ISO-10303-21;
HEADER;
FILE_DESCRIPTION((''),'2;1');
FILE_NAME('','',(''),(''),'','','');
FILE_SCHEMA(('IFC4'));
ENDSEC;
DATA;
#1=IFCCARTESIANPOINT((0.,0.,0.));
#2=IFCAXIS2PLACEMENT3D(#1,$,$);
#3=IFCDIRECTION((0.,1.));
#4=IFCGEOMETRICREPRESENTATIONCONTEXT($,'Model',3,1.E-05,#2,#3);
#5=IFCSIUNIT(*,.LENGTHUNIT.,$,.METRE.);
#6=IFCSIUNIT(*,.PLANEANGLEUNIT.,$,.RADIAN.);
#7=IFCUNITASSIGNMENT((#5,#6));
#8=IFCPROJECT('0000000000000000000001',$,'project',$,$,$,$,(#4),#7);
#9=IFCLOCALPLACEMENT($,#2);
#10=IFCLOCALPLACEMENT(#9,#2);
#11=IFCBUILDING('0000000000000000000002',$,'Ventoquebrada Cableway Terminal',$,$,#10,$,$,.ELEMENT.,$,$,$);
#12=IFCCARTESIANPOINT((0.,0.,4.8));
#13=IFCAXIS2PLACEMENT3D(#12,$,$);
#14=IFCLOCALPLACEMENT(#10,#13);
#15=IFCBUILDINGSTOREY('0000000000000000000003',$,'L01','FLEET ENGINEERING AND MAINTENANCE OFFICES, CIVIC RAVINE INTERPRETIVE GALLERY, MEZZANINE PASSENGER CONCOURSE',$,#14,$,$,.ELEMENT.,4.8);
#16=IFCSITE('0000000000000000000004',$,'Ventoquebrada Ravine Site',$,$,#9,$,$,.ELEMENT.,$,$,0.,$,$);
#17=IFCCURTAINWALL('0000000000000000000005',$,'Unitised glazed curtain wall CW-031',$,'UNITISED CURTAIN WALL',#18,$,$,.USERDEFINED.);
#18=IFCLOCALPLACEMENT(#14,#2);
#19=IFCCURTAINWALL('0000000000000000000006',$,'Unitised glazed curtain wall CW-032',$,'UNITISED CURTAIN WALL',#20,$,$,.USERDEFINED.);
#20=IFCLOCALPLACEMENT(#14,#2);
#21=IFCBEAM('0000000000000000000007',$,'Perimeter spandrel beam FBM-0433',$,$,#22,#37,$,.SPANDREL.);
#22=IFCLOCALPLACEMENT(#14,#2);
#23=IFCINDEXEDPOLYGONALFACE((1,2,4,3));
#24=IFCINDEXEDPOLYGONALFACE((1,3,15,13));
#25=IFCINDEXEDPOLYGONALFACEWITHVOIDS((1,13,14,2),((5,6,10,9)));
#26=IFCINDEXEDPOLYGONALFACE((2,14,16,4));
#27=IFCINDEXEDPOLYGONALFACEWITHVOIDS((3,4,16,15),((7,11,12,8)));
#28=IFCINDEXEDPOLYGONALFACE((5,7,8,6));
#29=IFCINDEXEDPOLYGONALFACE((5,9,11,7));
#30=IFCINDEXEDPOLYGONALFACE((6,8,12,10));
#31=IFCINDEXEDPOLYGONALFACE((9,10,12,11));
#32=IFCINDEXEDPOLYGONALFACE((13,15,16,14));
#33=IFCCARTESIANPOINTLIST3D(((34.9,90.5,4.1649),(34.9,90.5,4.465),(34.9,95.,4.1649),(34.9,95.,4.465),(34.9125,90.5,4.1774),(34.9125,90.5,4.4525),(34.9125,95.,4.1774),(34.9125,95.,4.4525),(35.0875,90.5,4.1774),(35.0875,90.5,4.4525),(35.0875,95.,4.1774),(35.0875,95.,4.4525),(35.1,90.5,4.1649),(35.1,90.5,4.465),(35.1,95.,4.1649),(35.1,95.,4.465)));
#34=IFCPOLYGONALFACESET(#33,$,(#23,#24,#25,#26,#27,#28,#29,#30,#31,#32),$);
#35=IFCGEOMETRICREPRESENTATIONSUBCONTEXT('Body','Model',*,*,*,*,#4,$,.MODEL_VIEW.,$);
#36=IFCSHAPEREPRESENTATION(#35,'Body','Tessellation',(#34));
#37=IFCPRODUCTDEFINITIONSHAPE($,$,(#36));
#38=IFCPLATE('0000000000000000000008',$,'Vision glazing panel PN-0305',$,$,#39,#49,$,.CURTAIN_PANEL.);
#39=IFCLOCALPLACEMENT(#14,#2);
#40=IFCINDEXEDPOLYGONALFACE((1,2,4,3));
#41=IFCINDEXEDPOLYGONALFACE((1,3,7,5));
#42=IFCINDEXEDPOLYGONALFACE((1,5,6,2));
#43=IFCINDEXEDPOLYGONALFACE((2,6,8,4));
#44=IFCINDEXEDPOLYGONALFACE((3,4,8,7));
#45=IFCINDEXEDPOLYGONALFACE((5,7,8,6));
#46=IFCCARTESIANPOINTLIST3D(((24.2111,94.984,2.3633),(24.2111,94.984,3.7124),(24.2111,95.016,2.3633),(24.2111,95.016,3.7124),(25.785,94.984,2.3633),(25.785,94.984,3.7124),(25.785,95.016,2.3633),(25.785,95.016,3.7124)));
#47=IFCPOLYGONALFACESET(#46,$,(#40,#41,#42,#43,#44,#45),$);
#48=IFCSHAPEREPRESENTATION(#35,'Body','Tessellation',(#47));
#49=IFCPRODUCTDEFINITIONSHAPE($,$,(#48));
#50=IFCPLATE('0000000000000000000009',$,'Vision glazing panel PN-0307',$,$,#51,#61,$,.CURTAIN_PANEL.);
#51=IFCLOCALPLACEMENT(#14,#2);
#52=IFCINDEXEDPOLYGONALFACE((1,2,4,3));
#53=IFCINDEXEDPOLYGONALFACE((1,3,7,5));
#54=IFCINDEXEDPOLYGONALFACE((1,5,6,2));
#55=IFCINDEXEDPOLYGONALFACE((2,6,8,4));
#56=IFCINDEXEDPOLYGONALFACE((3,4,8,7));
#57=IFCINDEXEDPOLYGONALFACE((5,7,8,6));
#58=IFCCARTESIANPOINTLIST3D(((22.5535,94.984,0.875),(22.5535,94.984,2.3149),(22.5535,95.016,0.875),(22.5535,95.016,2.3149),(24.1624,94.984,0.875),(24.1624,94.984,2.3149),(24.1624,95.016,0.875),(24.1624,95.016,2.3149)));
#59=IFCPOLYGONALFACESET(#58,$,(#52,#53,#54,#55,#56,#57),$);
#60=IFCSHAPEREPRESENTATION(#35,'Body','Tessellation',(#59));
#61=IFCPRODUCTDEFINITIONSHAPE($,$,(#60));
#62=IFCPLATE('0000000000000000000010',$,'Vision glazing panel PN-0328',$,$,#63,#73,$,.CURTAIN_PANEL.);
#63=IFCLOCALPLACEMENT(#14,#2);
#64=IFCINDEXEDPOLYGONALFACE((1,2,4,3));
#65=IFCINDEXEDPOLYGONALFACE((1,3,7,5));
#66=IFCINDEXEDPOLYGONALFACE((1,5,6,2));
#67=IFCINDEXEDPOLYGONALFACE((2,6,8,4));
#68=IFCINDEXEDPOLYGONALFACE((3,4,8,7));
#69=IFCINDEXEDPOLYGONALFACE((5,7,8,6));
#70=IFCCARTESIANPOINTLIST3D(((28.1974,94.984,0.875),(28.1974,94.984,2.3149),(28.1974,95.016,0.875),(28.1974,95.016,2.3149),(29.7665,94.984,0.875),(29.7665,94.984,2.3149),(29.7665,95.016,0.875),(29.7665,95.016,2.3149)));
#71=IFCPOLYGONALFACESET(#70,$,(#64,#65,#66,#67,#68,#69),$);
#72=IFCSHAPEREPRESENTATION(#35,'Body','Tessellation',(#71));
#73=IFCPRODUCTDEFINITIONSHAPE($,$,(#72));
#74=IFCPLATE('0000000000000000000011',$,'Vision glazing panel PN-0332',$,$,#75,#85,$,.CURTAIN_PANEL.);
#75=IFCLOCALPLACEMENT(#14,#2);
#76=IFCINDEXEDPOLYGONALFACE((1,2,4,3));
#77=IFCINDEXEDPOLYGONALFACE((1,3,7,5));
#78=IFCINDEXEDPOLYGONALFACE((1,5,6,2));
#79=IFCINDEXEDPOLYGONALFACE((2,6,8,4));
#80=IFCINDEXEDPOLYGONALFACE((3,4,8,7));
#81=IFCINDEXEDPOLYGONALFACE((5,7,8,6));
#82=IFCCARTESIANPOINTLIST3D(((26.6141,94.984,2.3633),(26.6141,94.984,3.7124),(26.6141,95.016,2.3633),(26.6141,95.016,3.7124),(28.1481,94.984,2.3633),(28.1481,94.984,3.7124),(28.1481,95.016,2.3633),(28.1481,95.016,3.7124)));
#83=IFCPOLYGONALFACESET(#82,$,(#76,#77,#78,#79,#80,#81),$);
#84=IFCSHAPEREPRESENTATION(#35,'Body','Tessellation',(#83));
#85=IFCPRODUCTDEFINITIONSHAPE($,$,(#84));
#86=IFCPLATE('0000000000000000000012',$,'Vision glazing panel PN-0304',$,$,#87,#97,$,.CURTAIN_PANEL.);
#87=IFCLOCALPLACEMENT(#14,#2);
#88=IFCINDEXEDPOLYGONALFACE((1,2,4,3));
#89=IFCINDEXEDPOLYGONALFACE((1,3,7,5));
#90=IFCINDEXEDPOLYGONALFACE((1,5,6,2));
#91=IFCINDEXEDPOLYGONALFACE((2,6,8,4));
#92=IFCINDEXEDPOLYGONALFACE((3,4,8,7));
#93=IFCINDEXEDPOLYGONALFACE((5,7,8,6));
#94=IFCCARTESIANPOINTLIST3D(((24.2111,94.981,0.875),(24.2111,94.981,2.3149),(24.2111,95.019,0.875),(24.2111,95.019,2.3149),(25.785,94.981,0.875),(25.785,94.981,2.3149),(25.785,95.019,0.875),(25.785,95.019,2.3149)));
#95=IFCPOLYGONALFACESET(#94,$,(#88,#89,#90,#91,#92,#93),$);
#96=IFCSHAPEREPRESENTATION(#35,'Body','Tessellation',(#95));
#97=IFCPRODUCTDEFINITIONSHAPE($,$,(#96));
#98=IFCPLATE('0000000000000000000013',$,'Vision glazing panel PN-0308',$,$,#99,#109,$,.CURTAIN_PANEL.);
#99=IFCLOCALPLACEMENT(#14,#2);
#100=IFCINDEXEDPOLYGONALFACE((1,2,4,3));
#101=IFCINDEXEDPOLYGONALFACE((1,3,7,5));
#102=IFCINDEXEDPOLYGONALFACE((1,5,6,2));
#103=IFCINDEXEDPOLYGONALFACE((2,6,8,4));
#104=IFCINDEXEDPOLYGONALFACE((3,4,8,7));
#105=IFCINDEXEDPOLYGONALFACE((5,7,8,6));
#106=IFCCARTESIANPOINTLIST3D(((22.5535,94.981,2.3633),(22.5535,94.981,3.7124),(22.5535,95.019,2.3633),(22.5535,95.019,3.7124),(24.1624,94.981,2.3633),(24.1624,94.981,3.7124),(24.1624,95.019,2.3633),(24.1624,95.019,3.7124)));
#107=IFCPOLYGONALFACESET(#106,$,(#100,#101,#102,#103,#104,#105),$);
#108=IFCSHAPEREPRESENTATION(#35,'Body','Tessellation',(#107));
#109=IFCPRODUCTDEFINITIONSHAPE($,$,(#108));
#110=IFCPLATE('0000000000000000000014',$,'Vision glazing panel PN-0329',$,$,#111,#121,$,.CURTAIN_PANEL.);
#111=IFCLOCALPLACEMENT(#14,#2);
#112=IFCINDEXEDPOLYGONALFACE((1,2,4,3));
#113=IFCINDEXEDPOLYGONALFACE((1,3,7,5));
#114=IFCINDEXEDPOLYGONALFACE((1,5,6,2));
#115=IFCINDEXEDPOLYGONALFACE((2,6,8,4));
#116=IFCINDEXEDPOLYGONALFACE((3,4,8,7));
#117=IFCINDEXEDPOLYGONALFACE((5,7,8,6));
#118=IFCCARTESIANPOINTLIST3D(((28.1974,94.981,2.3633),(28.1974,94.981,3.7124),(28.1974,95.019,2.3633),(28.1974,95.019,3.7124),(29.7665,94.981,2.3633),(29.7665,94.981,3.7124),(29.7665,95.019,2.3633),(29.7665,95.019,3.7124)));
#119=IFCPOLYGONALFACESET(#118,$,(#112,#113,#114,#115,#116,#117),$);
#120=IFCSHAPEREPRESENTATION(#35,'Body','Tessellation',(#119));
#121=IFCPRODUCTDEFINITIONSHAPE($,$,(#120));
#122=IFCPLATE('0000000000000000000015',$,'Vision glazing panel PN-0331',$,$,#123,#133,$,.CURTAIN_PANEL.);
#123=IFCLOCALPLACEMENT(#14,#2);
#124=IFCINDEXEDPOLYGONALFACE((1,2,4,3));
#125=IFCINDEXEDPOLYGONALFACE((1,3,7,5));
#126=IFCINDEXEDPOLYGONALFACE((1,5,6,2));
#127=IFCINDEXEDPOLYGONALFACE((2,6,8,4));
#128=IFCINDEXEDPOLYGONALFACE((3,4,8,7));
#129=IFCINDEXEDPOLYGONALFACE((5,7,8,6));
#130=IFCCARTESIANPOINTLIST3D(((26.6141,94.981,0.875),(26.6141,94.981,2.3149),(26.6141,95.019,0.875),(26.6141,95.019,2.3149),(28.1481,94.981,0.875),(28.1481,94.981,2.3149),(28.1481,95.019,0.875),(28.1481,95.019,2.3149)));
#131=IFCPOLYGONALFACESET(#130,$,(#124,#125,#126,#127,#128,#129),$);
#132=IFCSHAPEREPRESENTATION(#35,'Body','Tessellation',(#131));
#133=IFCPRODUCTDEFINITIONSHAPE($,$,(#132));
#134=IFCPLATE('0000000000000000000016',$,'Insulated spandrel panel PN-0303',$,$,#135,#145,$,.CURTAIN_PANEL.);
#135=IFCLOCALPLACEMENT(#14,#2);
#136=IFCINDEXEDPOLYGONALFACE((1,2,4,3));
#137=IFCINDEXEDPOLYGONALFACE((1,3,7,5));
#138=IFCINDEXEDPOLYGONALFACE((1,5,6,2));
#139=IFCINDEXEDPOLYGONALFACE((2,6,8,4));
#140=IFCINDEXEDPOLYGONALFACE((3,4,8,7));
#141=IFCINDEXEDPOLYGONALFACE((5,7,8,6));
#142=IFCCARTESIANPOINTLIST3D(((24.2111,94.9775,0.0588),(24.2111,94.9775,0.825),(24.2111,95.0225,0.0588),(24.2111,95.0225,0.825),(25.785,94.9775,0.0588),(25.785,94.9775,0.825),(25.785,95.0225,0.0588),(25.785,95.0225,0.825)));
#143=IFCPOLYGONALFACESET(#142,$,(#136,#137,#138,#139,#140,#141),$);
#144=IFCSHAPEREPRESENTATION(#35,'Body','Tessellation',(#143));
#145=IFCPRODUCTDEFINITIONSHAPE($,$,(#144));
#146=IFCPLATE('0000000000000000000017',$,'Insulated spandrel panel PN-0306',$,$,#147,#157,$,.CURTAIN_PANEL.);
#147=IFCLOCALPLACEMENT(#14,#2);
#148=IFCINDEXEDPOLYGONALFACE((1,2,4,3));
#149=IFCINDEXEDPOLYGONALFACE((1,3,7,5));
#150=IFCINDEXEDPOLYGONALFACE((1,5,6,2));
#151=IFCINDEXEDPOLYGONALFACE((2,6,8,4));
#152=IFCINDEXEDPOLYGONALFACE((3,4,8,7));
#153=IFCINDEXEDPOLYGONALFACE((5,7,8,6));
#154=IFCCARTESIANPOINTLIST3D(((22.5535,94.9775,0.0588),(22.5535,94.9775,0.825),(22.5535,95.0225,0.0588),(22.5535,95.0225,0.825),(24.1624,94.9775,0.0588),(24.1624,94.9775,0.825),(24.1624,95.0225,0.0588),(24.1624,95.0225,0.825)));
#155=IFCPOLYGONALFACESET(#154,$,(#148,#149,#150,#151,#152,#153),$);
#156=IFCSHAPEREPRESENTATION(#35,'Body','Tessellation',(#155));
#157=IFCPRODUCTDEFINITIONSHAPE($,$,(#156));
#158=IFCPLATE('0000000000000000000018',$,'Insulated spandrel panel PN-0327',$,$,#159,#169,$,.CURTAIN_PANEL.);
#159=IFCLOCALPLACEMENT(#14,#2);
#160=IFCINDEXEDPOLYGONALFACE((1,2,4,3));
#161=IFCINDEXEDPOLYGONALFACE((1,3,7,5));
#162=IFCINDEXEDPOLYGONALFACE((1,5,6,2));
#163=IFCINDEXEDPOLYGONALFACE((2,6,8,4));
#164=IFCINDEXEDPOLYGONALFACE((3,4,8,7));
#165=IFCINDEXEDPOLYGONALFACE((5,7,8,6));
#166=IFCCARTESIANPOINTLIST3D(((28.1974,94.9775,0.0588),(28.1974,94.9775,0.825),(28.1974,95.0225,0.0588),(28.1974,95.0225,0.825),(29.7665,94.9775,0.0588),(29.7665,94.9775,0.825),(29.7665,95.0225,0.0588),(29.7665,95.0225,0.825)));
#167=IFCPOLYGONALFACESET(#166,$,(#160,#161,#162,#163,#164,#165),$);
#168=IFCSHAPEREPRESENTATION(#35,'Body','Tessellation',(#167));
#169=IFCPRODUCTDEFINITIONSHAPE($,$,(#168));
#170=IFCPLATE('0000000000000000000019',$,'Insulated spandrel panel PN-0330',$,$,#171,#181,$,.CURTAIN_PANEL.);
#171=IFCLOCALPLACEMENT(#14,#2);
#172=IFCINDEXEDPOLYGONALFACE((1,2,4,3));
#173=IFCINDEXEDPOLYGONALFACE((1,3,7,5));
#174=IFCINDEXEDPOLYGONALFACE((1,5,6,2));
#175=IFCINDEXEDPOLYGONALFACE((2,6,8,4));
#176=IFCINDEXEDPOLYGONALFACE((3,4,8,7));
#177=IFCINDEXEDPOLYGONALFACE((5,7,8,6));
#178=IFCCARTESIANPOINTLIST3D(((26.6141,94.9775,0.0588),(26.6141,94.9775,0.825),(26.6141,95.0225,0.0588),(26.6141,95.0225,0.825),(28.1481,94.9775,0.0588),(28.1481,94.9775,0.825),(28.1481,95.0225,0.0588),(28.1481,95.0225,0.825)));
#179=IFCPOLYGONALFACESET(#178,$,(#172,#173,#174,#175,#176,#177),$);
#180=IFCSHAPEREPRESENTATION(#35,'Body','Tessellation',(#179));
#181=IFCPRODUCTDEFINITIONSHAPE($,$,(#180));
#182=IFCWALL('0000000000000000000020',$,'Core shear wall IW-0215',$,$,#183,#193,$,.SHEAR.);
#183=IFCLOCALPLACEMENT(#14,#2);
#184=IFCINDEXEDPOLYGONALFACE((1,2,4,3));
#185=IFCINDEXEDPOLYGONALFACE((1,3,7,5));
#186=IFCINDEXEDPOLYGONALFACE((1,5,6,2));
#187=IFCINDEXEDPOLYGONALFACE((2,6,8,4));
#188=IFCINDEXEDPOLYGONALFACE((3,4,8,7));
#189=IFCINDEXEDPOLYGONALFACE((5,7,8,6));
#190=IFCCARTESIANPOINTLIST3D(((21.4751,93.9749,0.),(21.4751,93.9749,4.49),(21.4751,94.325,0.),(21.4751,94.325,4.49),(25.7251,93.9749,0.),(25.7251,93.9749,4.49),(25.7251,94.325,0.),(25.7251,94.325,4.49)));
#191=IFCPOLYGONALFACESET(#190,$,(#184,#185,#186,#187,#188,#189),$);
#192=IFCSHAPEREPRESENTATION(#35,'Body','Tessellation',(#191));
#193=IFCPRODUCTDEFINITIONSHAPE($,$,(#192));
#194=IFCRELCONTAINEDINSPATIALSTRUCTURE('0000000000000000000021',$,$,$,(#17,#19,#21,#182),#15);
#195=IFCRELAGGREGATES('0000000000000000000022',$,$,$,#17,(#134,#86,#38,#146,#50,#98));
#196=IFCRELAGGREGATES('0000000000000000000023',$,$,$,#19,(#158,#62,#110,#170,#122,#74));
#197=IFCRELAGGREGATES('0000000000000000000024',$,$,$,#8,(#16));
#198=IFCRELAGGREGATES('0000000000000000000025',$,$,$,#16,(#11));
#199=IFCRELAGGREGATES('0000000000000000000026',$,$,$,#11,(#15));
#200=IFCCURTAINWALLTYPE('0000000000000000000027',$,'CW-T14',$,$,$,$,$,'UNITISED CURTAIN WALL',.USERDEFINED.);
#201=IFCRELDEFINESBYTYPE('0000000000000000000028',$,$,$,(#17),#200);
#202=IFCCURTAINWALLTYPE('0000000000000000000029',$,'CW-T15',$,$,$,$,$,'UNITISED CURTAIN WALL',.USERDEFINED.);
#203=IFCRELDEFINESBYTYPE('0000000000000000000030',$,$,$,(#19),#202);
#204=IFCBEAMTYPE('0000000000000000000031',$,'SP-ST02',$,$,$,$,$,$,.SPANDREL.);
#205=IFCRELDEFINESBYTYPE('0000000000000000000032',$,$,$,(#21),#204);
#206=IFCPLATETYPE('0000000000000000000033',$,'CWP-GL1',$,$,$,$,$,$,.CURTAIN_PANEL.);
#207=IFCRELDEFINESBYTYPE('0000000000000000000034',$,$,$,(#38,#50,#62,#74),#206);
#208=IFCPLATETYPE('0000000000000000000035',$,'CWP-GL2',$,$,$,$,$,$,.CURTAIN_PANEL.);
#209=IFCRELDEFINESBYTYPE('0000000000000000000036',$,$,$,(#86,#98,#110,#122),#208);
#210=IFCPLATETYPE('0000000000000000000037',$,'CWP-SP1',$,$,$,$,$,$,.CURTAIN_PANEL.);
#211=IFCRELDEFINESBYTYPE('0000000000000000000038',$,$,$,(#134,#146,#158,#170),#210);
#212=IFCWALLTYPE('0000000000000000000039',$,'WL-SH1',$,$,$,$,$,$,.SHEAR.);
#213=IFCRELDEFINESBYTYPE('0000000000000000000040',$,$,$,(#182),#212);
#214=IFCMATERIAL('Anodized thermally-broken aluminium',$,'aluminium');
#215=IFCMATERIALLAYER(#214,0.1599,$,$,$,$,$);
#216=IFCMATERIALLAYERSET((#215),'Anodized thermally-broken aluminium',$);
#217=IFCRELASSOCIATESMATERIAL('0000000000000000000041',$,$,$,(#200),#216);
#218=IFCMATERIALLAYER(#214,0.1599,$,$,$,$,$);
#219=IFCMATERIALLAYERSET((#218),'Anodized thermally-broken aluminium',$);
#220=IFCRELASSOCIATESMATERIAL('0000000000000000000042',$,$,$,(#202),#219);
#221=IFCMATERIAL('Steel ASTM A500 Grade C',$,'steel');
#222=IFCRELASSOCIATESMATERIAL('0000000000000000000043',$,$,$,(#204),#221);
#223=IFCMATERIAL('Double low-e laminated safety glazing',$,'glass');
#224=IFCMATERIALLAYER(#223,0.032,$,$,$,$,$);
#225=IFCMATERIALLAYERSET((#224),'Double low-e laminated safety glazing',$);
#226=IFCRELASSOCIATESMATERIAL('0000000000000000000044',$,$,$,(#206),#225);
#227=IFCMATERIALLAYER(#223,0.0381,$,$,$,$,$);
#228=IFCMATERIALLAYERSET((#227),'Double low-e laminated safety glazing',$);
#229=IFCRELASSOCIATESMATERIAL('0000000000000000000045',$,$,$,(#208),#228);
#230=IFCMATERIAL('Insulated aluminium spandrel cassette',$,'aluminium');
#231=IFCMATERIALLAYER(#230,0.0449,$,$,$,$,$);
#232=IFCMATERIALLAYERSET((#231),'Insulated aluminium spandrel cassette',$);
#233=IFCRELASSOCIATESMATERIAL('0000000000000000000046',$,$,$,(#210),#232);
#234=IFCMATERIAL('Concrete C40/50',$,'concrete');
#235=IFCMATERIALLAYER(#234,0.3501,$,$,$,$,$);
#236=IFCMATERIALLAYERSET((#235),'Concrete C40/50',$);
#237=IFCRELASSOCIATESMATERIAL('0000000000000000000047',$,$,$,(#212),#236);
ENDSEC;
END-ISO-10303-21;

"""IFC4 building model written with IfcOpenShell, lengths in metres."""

from ifc_helpers import new_model, si_unit, direction, frame, frame_2d, origin, origin_2d, place, context, subcontext, project, spatial, rectangle, hollow_rectangle, extrude, material, layer, layer_set, material_profile, profile_set, type_object, element, aggregate, save


model = new_model("IFC4")

# Units and contexts
model_context = context("Model", 3, precision=1e-05, world=origin(), true_north=direction((0.0, 1.0)))
body_context = subcontext(model_context, "Body", "Model", "MODEL_VIEW")
ifc_project = project(units=[si_unit("LENGTHUNIT", "METRE"), si_unit("PLANEANGLEUNIT", "RADIAN")], contexts=[model_context])

# Site, building, storey
site_placement = place(None, origin())
site = spatial("IfcSite", under=ifc_project, at=site_placement, Name="Ventoquebrada Ravine Site", CompositionType="ELEMENT", RefElevation=0.0)
building_placement = place(site_placement, origin())
building = spatial("IfcBuilding", under=site, at=building_placement, Name="Ventoquebrada Cableway Terminal", CompositionType="ELEMENT")
storey_placement = place(building_placement, frame((0.0, 0.0, 4.8)))
storey = spatial("IfcBuildingStorey", under=building, at=storey_placement, Name="L01", Description="FLEET ENGINEERING AND MAINTENANCE OFFICES, CIVIC RAVINE INTERPRETIVE GALLERY, MEZZANINE PASSENGER CONCOURSE", CompositionType="ELEMENT", Elevation=4.8)

# Shared definitions
ifc_material_1 = material(Name="Concrete C40/50", Category="concrete")

# Curtain walls
ifc_material_2 = material(Name="Anodized thermally-broken aluminium", Category="aluminium")
ifc_layer_1 = layer(ifc_material_2, 0.1599)
ifc_layer_set_1 = layer_set([ifc_layer_1], Name="Anodized thermally-broken aluminium")
curtain_wall_type_1 = type_object("IfcCurtainWallType", Name="CW-T14", ElementType="UNITISED CURTAIN WALL", PredefinedType="USERDEFINED", material=ifc_layer_set_1)
curtain_wall_1_placement = place(storey_placement, origin())
curtain_wall_1 = element("IfcCurtainWall", 1, at=curtain_wall_1_placement, inside=storey, type_object=curtain_wall_type_1, Name="Unitised glazed curtain wall CW-031", ObjectType="UNITISED CURTAIN WALL", PredefinedType="USERDEFINED")
ifc_layer_2 = layer(ifc_material_2, 0.1599)
ifc_layer_set_2 = layer_set([ifc_layer_2], Name="Anodized thermally-broken aluminium")
curtain_wall_type_2 = type_object("IfcCurtainWallType", Name="CW-T15", ElementType="UNITISED CURTAIN WALL", PredefinedType="USERDEFINED", material=ifc_layer_set_2)
curtain_wall_2_placement = place(storey_placement, origin())
curtain_wall_2 = element("IfcCurtainWall", 2, at=curtain_wall_2_placement, inside=storey, type_object=curtain_wall_type_2, Name="Unitised glazed curtain wall CW-032", ObjectType="UNITISED CURTAIN WALL", PredefinedType="USERDEFINED")

# Beam
ifc_material_3 = material(Name="Steel ASTM A500 Grade C", Category="steel")
ifc_material_profile_1 = material_profile(ifc_material_3, hollow_rectangle(XDim=0.2, YDim=0.3, WallThickness=0.0125, at=origin_2d()), Name="RHS300X200X12.5")
ifc_profile_set_1 = profile_set([ifc_material_profile_1], Name="Steel ASTM A500 Grade C")
beam_type_1 = type_object("IfcBeamType", Name="SP-ST02", PredefinedType="SPANDREL", material=ifc_profile_set_1)
beam_1_placement = place(storey_placement, frame((35.0, 90.5, 4.3149), z_axis=(0.0, 1.0, 0.0), x_axis=(-1.0, 0.0, 0.0)))
element("IfcBeam", 3, at=beam_1_placement, inside=storey, type_object=beam_type_1, Name="Perimeter spandrel beam FBM-0433", PredefinedType="SPANDREL", context=body_context, shape_type="SweptSolid", body=[
    extrude(hollow_rectangle(XDim=0.2, YDim=0.3, WallThickness=0.0125, at=origin_2d()), origin(), (0.0, 0.0, 1.0), 4.5),
])

# Plates
ifc_material_4 = material(Name="Double low-e laminated safety glazing", Category="glass")
ifc_layer_3 = layer(ifc_material_4, 0.032)
ifc_layer_set_3 = layer_set([ifc_layer_3], Name="Double low-e laminated safety glazing")
plate_type_1 = type_object("IfcPlateType", Name="CWP-GL1", PredefinedType="CURTAIN_PANEL", material=ifc_layer_set_3)
plate_1_placement = place(storey_placement, frame((24.998, 95.0, 2.3633), z_axis=(0.0, 0.0, 1.0), x_axis=(-1.0, 0.0, 0.0)))
plate_1 = element("IfcPlate", 4, at=plate_1_placement, type_object=plate_type_1, Name="Vision glazing panel PN-0305", PredefinedType="CURTAIN_PANEL", context=body_context, shape_type="SweptSolid", body=[
    extrude(rectangle(XDim=1.574, YDim=0.032, at=origin_2d()), origin(), (0.0, 0.0, 1.0), 1.3491),
])
plate_2_placement = place(storey_placement, frame((23.3579, 95.0, 0.875), z_axis=(0.0, 0.0, 1.0), x_axis=(-1.0, 0.0, 0.0)))
plate_2 = element("IfcPlate", 5, at=plate_2_placement, type_object=plate_type_1, Name="Vision glazing panel PN-0307", PredefinedType="CURTAIN_PANEL", context=body_context, shape_type="SweptSolid", body=[
    extrude(rectangle(XDim=1.6089, YDim=0.032, at=origin_2d()), origin(), (0.0, 0.0, 1.0), 1.4399),
])
plate_3_placement = place(storey_placement, frame((28.9819, 95.0, 0.875), z_axis=(0.0, 0.0, 1.0), x_axis=(-1.0, 0.0, 0.0)))
plate_3 = element("IfcPlate", 6, at=plate_3_placement, type_object=plate_type_1, Name="Vision glazing panel PN-0328", PredefinedType="CURTAIN_PANEL", context=body_context, shape_type="SweptSolid", body=[
    extrude(rectangle(XDim=1.5691, YDim=0.032, at=origin_2d()), origin(), (0.0, 0.0, 1.0), 1.4399),
])
plate_4_placement = place(storey_placement, frame((27.3811, 95.0, 2.3633), z_axis=(0.0, 0.0, 1.0), x_axis=(-1.0, 0.0, 0.0)))
plate_4 = element("IfcPlate", 7, at=plate_4_placement, type_object=plate_type_1, Name="Vision glazing panel PN-0332", PredefinedType="CURTAIN_PANEL", context=body_context, shape_type="SweptSolid", body=[
    extrude(rectangle(XDim=1.5339, YDim=0.032, at=origin_2d()), origin(), (0.0, 0.0, 1.0), 1.3491),
])
ifc_layer_4 = layer(ifc_material_4, 0.0381)
ifc_layer_set_4 = layer_set([ifc_layer_4], Name="Double low-e laminated safety glazing")
plate_type_2 = type_object("IfcPlateType", Name="CWP-GL2", PredefinedType="CURTAIN_PANEL", material=ifc_layer_set_4)
plate_5_placement = place(storey_placement, frame((24.998, 95.0, 0.875), z_axis=(0.0, 0.0, 1.0), x_axis=(-1.0, 0.0, 0.0)))
plate_5 = element("IfcPlate", 8, at=plate_5_placement, type_object=plate_type_2, Name="Vision glazing panel PN-0304", PredefinedType="CURTAIN_PANEL", context=body_context, shape_type="SweptSolid", body=[
    extrude(rectangle(XDim=1.574, YDim=0.0381, at=origin_2d()), origin(), (0.0, 0.0, 1.0), 1.4399),
])
plate_6_placement = place(storey_placement, frame((23.3579, 95.0, 2.3633), z_axis=(0.0, 0.0, 1.0), x_axis=(-1.0, 0.0, 0.0)))
plate_6 = element("IfcPlate", 9, at=plate_6_placement, type_object=plate_type_2, Name="Vision glazing panel PN-0308", PredefinedType="CURTAIN_PANEL", context=body_context, shape_type="SweptSolid", body=[
    extrude(rectangle(XDim=1.6089, YDim=0.0381, at=origin_2d()), origin(), (0.0, 0.0, 1.0), 1.3491),
])
plate_7_placement = place(storey_placement, frame((28.9819, 95.0, 2.3633), z_axis=(0.0, 0.0, 1.0), x_axis=(-1.0, 0.0, 0.0)))
plate_7 = element("IfcPlate", 10, at=plate_7_placement, type_object=plate_type_2, Name="Vision glazing panel PN-0329", PredefinedType="CURTAIN_PANEL", context=body_context, shape_type="SweptSolid", body=[
    extrude(rectangle(XDim=1.5691, YDim=0.0381, at=origin_2d()), origin(), (0.0, 0.0, 1.0), 1.3491),
])
plate_8_placement = place(storey_placement, frame((27.3811, 95.0, 0.875), z_axis=(0.0, 0.0, 1.0), x_axis=(-1.0, 0.0, 0.0)))
plate_8 = element("IfcPlate", 11, at=plate_8_placement, type_object=plate_type_2, Name="Vision glazing panel PN-0331", PredefinedType="CURTAIN_PANEL", context=body_context, shape_type="SweptSolid", body=[
    extrude(rectangle(XDim=1.5339, YDim=0.0381, at=origin_2d()), origin(), (0.0, 0.0, 1.0), 1.4399),
])
ifc_material_5 = material(Name="Insulated aluminium spandrel cassette", Category="aluminium")
ifc_layer_5 = layer(ifc_material_5, 0.0449)
ifc_layer_set_5 = layer_set([ifc_layer_5], Name="Insulated aluminium spandrel cassette")
plate_type_3 = type_object("IfcPlateType", Name="CWP-SP1", PredefinedType="CURTAIN_PANEL", material=ifc_layer_set_5)
plate_9_placement = place(storey_placement, frame((24.998, 95.0, 0.0588), z_axis=(0.0, 0.0, 1.0), x_axis=(-1.0, 0.0, 0.0)))
plate_9 = element("IfcPlate", 12, at=plate_9_placement, type_object=plate_type_3, Name="Insulated spandrel panel PN-0303", PredefinedType="CURTAIN_PANEL", context=body_context, shape_type="SweptSolid", body=[
    extrude(rectangle(XDim=1.574, YDim=0.0449, at=origin_2d()), origin(), (0.0, 0.0, 1.0), 0.7661),
])
plate_10_placement = place(storey_placement, frame((23.3579, 95.0, 0.0588), z_axis=(0.0, 0.0, 1.0), x_axis=(-1.0, 0.0, 0.0)))
plate_10 = element("IfcPlate", 13, at=plate_10_placement, type_object=plate_type_3, Name="Insulated spandrel panel PN-0306", PredefinedType="CURTAIN_PANEL", context=body_context, shape_type="SweptSolid", body=[
    extrude(rectangle(XDim=1.6089, YDim=0.0449, at=origin_2d()), origin(), (0.0, 0.0, 1.0), 0.7661),
])
aggregate(curtain_wall_1, [plate_9, plate_5, plate_1, plate_10, plate_2, plate_6])
plate_11_placement = place(storey_placement, frame((28.9819, 95.0, 0.0588), z_axis=(0.0, 0.0, 1.0), x_axis=(-1.0, 0.0, 0.0)))
plate_11 = element("IfcPlate", 14, at=plate_11_placement, type_object=plate_type_3, Name="Insulated spandrel panel PN-0327", PredefinedType="CURTAIN_PANEL", context=body_context, shape_type="SweptSolid", body=[
    extrude(rectangle(XDim=1.5691, YDim=0.0449, at=origin_2d()), origin(), (0.0, 0.0, 1.0), 0.7661),
])
plate_12_placement = place(storey_placement, frame((27.3811, 95.0, 0.0588), z_axis=(0.0, 0.0, 1.0), x_axis=(-1.0, 0.0, 0.0)))
plate_12 = element("IfcPlate", 15, at=plate_12_placement, type_object=plate_type_3, Name="Insulated spandrel panel PN-0330", PredefinedType="CURTAIN_PANEL", context=body_context, shape_type="SweptSolid", body=[
    extrude(rectangle(XDim=1.5339, YDim=0.0449, at=origin_2d()), origin(), (0.0, 0.0, 1.0), 0.7661),
])
aggregate(curtain_wall_2, [plate_11, plate_3, plate_7, plate_12, plate_8, plate_4])

# Wall
ifc_layer_6 = layer(ifc_material_1, 0.3501)
ifc_layer_set_6 = layer_set([ifc_layer_6], Name="Concrete C40/50")
wall_type = type_object("IfcWallType", Name="WL-SH1", PredefinedType="SHEAR", material=ifc_layer_set_6)
wall_placement = place(storey_placement, frame((25.7251, 94.1499, 0.0), z_axis=(0.0, 0.0, 1.0), x_axis=(-1.0, 0.0, 0.0)))
element("IfcWall", 16, at=wall_placement, inside=storey, type_object=wall_type, Name="Core shear wall IW-0215", PredefinedType="SHEAR", context=body_context, shape_type="SweptSolid", body=[
    extrude(rectangle(XDim=4.25, YDim=0.3501, at=frame_2d((2.125, 0.0))), origin(), (0.0, 0.0, 1.0), 4.49),
])

save(model, "model.ifc")
